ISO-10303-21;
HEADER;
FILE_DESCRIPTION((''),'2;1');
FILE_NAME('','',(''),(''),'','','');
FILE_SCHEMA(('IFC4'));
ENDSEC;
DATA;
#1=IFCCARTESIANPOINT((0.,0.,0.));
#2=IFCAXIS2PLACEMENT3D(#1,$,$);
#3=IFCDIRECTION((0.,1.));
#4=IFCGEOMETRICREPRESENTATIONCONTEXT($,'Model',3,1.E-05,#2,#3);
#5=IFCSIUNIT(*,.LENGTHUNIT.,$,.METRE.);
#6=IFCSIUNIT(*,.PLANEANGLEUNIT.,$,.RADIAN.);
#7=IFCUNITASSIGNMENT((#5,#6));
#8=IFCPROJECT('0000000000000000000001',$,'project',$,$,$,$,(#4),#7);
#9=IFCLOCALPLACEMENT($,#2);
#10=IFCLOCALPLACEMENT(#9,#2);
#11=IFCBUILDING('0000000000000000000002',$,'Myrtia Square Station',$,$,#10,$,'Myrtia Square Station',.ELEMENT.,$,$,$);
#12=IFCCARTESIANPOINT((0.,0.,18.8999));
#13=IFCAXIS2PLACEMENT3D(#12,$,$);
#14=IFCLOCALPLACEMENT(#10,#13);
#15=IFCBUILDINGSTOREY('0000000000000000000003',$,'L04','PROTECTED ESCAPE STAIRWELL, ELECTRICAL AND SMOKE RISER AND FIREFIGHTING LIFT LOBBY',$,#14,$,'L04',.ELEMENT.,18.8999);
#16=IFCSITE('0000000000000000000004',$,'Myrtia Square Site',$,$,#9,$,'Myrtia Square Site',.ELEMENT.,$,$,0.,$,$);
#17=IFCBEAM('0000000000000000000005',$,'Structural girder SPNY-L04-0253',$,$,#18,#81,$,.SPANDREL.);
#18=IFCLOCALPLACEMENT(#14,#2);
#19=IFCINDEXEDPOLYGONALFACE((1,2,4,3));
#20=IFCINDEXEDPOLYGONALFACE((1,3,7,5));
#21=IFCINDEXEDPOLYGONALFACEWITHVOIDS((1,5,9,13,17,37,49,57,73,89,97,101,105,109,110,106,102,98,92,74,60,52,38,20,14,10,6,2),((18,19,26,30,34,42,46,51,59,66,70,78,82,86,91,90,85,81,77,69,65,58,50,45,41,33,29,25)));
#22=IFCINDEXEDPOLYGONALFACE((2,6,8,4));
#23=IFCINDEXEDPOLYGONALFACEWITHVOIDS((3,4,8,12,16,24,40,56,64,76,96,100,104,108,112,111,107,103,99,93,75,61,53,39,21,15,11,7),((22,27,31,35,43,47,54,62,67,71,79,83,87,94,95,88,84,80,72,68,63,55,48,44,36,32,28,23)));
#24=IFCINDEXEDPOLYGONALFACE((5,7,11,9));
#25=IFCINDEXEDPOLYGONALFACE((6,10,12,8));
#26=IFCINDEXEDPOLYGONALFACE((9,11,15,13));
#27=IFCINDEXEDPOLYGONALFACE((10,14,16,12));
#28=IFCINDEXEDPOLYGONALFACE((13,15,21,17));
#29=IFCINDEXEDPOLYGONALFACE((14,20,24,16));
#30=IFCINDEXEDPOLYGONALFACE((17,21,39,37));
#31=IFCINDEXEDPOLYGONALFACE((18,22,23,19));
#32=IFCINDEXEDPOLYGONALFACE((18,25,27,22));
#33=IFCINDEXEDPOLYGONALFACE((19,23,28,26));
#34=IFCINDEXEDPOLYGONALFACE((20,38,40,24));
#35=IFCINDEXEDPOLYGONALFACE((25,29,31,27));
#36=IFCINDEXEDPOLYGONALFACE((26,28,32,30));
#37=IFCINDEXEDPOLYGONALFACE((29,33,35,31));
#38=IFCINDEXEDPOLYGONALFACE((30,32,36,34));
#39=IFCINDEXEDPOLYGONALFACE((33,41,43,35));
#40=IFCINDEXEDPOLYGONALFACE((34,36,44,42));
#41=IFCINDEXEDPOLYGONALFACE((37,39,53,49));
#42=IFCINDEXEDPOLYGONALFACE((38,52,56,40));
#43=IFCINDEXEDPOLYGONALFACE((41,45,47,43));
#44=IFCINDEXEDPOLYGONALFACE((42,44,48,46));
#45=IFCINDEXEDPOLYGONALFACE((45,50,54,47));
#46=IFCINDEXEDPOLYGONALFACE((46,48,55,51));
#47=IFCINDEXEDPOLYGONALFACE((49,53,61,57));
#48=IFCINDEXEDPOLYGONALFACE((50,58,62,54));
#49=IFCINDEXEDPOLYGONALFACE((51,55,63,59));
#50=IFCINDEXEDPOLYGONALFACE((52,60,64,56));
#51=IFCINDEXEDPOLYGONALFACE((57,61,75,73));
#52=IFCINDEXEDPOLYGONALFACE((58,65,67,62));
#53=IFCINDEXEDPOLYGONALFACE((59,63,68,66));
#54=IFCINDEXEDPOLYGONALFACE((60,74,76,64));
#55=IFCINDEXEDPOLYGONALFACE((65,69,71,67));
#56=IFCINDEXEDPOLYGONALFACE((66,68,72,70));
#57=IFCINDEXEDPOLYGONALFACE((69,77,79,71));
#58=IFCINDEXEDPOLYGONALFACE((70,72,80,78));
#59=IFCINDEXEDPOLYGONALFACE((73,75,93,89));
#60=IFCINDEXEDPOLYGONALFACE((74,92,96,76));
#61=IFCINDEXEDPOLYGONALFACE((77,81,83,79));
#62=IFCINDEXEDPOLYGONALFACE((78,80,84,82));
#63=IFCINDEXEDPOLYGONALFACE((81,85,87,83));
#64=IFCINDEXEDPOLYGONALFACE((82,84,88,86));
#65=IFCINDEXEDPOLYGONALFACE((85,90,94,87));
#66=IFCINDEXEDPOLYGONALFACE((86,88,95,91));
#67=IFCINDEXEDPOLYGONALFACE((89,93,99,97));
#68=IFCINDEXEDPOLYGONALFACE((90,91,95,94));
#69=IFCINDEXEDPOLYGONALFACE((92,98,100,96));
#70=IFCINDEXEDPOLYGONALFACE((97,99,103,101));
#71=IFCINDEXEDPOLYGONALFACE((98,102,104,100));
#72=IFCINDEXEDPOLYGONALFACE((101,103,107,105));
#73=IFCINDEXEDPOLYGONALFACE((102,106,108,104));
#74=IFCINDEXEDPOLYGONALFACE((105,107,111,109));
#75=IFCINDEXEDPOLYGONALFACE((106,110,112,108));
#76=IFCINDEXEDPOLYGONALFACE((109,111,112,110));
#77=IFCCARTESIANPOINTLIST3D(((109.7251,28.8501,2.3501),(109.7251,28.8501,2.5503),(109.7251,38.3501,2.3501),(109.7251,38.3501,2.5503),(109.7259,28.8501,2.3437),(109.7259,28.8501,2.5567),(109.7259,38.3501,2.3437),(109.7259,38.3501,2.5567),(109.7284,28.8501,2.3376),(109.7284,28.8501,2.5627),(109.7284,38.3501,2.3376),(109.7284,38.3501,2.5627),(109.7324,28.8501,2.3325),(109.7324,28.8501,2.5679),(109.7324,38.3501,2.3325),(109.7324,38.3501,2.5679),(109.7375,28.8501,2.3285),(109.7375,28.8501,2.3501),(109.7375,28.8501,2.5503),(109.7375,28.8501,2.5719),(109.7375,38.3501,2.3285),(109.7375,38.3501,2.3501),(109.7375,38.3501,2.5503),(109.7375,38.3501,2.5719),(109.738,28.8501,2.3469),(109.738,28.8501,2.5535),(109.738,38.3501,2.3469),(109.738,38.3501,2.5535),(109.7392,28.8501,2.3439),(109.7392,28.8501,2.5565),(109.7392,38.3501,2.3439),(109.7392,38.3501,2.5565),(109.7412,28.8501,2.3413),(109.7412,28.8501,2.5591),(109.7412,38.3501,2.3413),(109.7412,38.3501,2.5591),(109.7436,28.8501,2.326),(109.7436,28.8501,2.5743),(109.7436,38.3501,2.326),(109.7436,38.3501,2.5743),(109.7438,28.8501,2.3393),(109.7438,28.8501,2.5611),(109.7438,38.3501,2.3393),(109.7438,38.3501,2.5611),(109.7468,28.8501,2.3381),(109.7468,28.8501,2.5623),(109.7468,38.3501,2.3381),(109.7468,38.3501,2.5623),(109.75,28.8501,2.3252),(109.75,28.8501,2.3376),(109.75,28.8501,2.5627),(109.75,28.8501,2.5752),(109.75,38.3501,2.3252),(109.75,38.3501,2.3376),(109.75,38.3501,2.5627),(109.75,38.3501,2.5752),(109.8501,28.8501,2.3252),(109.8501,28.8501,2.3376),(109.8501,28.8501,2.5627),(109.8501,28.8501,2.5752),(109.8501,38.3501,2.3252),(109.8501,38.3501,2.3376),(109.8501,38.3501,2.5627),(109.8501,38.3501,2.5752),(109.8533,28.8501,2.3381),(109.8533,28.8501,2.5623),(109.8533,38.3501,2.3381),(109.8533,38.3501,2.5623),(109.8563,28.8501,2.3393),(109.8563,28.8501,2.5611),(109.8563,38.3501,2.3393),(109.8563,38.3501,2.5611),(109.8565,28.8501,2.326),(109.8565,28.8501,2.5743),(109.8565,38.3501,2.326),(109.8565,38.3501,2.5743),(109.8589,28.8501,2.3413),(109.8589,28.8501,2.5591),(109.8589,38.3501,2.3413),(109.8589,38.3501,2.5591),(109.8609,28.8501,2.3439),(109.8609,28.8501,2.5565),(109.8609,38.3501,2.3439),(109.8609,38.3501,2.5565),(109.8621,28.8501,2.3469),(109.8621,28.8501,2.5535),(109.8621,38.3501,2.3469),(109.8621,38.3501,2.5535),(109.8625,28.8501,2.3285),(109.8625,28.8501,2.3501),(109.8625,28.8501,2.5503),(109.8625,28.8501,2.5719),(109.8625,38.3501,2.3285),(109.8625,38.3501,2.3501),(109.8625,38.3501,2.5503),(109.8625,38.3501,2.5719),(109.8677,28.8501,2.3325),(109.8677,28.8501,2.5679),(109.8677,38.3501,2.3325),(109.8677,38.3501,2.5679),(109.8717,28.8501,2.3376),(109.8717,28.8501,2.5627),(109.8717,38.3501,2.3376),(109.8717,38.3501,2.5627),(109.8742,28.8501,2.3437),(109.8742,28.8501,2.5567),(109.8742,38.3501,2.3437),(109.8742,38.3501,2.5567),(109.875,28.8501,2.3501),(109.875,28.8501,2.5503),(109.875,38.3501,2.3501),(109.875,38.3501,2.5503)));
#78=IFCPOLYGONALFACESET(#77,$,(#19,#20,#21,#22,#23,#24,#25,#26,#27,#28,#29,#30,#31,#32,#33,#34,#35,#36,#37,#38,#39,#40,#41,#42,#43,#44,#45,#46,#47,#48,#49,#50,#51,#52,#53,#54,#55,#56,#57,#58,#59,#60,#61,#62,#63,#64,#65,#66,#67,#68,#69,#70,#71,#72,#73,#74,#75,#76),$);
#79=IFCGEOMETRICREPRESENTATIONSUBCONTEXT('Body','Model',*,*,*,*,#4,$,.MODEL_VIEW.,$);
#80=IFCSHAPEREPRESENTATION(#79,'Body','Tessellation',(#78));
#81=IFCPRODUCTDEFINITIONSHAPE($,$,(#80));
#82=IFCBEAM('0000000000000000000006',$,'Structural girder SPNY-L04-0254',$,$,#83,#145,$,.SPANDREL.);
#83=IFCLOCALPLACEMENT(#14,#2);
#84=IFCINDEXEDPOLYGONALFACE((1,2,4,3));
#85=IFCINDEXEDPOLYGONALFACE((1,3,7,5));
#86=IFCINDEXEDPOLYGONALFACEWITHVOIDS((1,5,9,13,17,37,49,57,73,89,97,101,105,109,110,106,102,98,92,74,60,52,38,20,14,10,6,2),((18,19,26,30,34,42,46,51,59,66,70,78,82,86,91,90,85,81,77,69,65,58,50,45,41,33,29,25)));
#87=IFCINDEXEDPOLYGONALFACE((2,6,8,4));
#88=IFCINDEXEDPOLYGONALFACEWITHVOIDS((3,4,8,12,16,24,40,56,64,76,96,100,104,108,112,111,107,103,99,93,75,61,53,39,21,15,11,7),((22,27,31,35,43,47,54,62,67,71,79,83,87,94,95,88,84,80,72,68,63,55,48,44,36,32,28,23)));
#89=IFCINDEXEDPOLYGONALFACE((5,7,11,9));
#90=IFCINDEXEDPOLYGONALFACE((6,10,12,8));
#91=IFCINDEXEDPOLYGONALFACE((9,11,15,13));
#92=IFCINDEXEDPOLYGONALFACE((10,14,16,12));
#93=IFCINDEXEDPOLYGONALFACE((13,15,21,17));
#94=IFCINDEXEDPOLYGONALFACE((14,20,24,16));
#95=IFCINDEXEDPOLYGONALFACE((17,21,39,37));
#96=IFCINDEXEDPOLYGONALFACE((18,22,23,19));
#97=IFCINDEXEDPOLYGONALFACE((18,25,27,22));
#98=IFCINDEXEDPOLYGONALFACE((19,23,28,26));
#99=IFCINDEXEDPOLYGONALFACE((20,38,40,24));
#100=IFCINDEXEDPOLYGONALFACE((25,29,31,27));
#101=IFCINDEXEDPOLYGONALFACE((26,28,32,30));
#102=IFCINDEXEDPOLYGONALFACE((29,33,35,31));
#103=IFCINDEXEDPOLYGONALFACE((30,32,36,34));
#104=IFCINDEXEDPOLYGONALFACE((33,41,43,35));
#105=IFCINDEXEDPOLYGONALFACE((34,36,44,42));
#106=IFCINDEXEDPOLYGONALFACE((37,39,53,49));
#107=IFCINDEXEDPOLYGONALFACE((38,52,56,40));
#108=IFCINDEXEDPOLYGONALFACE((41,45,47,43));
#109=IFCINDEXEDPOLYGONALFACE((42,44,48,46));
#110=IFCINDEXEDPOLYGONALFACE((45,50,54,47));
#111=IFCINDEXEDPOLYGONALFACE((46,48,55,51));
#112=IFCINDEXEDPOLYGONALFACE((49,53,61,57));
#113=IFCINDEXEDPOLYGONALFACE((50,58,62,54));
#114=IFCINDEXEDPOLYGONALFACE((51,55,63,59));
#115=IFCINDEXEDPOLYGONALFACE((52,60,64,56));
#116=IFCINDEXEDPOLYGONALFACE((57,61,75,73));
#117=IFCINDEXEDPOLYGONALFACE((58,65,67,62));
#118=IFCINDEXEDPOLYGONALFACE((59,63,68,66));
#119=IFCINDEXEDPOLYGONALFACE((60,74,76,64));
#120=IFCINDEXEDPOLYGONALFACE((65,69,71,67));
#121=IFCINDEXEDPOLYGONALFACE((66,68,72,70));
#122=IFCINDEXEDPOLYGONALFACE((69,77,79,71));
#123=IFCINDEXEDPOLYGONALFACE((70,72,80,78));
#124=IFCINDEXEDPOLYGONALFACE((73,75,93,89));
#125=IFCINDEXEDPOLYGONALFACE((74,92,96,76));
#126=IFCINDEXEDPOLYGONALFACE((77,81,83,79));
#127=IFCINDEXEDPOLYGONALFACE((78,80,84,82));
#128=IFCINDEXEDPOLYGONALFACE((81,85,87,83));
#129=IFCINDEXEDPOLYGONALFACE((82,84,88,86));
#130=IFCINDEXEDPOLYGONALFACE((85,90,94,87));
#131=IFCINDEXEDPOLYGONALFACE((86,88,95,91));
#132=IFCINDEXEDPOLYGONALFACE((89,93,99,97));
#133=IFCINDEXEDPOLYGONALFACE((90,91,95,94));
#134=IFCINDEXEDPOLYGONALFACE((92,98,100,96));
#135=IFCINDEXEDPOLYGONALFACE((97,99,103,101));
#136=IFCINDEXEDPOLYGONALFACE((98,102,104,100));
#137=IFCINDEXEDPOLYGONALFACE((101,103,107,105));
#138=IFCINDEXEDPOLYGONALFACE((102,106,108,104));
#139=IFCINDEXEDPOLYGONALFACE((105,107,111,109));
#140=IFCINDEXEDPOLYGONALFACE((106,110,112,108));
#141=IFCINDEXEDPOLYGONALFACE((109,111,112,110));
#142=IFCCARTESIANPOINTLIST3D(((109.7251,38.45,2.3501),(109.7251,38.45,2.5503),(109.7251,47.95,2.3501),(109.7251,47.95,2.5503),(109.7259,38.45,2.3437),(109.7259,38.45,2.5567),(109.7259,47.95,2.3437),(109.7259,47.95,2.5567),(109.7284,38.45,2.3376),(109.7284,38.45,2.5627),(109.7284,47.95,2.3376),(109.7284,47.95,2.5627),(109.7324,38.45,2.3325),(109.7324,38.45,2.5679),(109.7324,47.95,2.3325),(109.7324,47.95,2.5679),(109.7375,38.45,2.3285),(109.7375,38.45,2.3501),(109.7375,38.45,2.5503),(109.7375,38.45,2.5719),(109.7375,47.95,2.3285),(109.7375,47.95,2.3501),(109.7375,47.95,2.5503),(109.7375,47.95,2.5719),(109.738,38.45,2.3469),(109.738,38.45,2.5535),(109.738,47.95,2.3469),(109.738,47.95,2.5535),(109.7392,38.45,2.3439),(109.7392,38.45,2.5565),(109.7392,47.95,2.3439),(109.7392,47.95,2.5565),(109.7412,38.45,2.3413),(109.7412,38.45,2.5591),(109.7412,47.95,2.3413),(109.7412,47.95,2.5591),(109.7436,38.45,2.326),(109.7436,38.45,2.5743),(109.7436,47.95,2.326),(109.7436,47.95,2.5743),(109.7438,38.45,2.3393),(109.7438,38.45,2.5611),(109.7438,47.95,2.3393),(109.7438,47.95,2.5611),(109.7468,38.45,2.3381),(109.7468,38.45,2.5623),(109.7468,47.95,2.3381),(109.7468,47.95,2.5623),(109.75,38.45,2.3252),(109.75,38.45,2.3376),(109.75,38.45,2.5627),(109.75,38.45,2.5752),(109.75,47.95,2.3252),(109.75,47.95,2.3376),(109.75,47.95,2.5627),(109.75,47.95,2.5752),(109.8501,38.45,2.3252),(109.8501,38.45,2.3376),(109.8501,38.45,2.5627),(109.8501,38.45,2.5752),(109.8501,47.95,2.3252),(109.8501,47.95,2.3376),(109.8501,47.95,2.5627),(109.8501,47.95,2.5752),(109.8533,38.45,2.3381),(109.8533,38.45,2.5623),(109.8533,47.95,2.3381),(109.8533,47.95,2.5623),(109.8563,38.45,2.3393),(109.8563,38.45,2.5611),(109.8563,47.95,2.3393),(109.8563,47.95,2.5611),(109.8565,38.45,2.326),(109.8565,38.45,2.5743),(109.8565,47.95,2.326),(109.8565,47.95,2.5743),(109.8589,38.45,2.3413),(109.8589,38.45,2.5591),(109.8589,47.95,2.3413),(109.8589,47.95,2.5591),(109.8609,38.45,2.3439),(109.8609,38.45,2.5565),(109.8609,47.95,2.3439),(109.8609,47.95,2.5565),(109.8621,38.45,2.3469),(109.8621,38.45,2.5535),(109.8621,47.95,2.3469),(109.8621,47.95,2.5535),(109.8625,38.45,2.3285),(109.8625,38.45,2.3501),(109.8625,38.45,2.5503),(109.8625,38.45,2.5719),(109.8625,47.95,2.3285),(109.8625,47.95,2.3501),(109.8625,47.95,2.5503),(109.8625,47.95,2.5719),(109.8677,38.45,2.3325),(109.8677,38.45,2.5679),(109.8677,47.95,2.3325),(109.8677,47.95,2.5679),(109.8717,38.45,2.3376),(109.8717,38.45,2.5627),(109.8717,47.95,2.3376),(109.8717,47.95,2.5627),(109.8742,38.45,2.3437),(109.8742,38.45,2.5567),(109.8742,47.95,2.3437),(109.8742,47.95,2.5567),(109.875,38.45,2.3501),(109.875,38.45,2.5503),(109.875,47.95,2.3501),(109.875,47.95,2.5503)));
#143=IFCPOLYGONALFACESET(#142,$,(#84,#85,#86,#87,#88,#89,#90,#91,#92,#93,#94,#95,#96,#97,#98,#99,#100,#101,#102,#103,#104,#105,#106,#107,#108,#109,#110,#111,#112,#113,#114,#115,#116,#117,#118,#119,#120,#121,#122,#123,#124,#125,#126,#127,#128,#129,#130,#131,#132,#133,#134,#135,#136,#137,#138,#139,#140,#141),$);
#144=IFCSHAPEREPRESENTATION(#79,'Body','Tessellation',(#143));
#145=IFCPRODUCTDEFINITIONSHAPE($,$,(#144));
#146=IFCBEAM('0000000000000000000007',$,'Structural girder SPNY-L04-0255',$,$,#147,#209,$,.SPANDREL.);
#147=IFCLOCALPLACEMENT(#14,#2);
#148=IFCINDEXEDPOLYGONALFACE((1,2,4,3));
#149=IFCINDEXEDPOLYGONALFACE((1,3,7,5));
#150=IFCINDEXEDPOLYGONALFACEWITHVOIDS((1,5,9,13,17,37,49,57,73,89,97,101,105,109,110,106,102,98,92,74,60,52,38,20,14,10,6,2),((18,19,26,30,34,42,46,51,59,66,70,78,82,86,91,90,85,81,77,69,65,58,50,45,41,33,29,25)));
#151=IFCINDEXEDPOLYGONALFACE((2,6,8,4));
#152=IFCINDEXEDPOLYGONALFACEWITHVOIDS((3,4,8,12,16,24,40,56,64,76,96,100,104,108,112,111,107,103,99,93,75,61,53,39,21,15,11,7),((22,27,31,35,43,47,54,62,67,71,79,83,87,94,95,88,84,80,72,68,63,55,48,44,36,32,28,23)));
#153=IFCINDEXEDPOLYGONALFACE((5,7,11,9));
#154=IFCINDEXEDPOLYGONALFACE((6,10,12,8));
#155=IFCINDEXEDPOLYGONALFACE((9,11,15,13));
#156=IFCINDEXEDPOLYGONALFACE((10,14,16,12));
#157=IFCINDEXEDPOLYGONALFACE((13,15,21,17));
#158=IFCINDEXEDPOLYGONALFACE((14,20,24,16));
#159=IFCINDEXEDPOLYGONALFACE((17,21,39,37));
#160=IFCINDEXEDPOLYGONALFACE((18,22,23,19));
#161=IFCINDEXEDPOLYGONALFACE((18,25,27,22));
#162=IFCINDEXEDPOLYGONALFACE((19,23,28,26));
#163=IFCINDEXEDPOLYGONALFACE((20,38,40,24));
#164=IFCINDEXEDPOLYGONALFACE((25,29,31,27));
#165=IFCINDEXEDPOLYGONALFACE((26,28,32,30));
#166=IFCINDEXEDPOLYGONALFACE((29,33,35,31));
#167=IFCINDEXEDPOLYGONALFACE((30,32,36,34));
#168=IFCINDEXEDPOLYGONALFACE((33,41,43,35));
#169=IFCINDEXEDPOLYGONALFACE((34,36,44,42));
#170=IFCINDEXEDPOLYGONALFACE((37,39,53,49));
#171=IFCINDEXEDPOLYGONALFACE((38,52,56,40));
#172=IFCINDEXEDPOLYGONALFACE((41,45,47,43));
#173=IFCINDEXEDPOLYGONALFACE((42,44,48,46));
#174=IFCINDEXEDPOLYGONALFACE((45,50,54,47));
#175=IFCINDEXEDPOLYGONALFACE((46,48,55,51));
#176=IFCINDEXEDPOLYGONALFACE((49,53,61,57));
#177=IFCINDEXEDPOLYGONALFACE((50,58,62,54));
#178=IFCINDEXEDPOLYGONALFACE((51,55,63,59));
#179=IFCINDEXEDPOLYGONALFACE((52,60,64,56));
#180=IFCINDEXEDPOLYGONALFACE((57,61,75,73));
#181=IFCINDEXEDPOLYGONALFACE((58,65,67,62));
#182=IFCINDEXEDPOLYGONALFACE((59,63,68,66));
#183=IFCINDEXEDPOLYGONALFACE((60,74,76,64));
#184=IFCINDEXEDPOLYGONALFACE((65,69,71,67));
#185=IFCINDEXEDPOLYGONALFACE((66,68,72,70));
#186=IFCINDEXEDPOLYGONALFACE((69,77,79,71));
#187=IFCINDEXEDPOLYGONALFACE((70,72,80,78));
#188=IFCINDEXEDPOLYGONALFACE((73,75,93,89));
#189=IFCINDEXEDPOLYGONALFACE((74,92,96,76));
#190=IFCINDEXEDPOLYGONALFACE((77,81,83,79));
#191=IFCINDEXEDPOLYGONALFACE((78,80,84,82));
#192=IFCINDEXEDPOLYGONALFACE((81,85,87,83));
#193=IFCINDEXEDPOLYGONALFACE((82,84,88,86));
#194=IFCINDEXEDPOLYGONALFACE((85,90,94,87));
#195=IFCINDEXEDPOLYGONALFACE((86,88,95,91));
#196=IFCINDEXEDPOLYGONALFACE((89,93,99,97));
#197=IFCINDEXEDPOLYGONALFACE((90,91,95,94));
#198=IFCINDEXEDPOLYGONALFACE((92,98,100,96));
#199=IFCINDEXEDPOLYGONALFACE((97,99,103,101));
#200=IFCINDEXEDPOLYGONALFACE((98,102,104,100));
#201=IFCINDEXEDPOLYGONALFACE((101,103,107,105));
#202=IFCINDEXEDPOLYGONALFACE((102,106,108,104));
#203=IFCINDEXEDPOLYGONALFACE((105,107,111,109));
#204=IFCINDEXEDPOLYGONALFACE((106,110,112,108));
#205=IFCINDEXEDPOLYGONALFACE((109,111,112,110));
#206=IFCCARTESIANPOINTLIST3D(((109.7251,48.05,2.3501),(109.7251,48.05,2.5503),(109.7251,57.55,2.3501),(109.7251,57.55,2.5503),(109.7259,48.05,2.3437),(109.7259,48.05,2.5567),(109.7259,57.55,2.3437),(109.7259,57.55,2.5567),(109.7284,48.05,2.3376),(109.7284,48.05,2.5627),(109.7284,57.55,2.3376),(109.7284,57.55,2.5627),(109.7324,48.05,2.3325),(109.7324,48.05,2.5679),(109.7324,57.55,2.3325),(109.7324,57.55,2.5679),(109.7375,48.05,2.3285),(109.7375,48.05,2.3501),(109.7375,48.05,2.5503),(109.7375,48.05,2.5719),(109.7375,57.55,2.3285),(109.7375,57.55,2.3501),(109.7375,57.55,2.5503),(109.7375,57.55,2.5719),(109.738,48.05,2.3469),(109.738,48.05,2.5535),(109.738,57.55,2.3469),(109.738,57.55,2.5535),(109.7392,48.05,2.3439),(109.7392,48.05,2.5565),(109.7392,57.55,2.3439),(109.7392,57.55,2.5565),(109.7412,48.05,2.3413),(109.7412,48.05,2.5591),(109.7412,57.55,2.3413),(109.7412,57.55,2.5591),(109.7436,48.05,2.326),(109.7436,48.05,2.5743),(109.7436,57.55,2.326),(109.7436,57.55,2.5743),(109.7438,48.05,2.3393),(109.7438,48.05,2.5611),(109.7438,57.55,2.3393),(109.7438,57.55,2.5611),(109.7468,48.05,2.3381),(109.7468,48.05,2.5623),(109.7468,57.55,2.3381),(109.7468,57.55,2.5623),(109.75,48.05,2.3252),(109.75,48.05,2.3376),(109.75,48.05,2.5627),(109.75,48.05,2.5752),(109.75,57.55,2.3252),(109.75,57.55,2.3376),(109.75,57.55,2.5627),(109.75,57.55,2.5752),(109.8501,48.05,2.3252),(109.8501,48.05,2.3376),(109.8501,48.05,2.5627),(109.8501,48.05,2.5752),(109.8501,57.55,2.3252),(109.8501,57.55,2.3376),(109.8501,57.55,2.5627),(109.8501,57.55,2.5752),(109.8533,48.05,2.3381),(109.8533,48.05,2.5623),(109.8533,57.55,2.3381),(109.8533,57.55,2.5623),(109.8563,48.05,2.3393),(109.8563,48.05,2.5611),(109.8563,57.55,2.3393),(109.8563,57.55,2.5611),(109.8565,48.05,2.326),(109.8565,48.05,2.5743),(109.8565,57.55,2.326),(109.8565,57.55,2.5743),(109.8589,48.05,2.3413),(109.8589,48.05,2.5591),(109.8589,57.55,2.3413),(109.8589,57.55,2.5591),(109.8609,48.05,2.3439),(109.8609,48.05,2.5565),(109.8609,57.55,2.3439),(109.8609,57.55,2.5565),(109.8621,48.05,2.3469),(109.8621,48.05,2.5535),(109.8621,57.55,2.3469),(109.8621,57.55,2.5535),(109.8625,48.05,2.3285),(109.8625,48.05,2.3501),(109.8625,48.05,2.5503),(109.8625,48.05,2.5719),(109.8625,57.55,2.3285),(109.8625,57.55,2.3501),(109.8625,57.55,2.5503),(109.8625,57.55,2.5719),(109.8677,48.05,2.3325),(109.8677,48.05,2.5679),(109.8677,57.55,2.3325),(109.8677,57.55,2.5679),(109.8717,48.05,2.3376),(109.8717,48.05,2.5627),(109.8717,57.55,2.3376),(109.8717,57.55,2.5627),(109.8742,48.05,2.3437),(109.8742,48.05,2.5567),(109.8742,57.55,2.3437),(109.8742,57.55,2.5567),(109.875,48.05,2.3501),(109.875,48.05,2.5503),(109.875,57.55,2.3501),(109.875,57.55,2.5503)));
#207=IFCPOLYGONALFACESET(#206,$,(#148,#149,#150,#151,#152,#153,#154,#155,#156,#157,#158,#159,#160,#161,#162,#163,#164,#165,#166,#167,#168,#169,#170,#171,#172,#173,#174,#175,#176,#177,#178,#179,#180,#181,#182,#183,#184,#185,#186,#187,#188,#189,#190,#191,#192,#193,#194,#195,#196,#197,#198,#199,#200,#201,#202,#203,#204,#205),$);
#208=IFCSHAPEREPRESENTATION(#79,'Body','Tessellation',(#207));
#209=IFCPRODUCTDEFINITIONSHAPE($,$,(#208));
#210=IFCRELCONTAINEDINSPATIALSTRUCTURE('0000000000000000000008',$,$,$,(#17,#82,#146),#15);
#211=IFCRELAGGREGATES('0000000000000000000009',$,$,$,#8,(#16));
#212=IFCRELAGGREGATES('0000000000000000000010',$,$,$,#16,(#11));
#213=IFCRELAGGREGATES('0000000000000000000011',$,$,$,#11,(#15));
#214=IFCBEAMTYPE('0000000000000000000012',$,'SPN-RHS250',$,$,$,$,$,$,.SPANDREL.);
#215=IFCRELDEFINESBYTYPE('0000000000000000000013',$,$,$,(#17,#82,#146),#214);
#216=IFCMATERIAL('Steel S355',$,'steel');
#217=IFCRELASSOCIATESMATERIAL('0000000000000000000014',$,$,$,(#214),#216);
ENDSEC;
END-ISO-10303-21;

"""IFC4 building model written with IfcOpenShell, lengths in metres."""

from ifc_helpers import new_model, si_unit, direction, frame, origin, origin_2d, place, context, subcontext, project, spatial, hollow_rectangle, extrude, material, material_profile, profile_set, type_object, element, save


model = new_model("IFC4")

# Units and contexts
model_context = context("Model", 3, precision=1e-05, world=origin(), true_north=direction((0.0, 1.0)))
body_context = subcontext(model_context, "Body", "Model", "MODEL_VIEW")
ifc_project = project(units=[si_unit("LENGTHUNIT", "METRE"), si_unit("PLANEANGLEUNIT", "RADIAN")], contexts=[model_context])

# Site, building, storey
site_placement = place(None, origin())
site = spatial("IfcSite", under=ifc_project, at=site_placement, Name="Myrtia Square Site", LongName="Myrtia Square Site", CompositionType="ELEMENT", RefElevation=0.0)
building_placement = place(site_placement, origin())
building = spatial("IfcBuilding", under=site, at=building_placement, Name="Myrtia Square Station", LongName="Myrtia Square Station", CompositionType="ELEMENT")
storey_placement = place(building_placement, frame((0.0, 0.0, 18.8999)))
storey = spatial("IfcBuildingStorey", under=building, at=storey_placement, Name="L04", Description="PROTECTED ESCAPE STAIRWELL, ELECTRICAL AND SMOKE RISER AND FIREFIGHTING LIFT LOBBY", LongName="L04", CompositionType="ELEMENT", Elevation=18.8999)

# Shared definitions
ifc_material_1 = material(Name="Steel S355", Category="steel")

# Beams
ifc_material_profile_1 = material_profile(ifc_material_1, hollow_rectangle(XDim=0.1499, YDim=0.25, WallThickness=0.0125, InnerFilletRadius=0.0125, OuterFilletRadius=0.0249, at=origin_2d()), Name="RHS 250x150x12.5")
ifc_profile_set_1 = profile_set([ifc_material_profile_1], Name="Steel S355")
beam_type = type_object("IfcBeamType", Name="SPN-RHS250", PredefinedType="SPANDREL", material=ifc_profile_set_1)
for number, where, z_axis, x_axis, name in (
    (1, (109.8, 28.8501, 2.4502), (0.0, 1.0, 0.0), (-1.0, 0.0, 0.0), "Structural girder SPNY-L04-0253"),
    (2, (109.8, 38.45, 2.4502), (0.0, 1.0, 0.0), (-1.0, 0.0, 0.0), "Structural girder SPNY-L04-0254"),
    (3, (109.8, 48.05, 2.4502), (0.0, 1.0, 0.0), (-1.0, 0.0, 0.0), "Structural girder SPNY-L04-0255"),
):
    element("IfcBeam", number, at=place(storey_placement, frame(where, z_axis=z_axis, x_axis=x_axis)), inside=storey, type_object=beam_type, Name=name, PredefinedType="SPANDREL", context=body_context, shape_type="SweptSolid", body=[
        extrude(hollow_rectangle(XDim=0.1499, YDim=0.25, WallThickness=0.0125, InnerFilletRadius=0.0125, OuterFilletRadius=0.0249, at=origin_2d()), origin(), (0.0, 0.0, 1.0), 9.5),
    ])

save(model, "model.ifc")
